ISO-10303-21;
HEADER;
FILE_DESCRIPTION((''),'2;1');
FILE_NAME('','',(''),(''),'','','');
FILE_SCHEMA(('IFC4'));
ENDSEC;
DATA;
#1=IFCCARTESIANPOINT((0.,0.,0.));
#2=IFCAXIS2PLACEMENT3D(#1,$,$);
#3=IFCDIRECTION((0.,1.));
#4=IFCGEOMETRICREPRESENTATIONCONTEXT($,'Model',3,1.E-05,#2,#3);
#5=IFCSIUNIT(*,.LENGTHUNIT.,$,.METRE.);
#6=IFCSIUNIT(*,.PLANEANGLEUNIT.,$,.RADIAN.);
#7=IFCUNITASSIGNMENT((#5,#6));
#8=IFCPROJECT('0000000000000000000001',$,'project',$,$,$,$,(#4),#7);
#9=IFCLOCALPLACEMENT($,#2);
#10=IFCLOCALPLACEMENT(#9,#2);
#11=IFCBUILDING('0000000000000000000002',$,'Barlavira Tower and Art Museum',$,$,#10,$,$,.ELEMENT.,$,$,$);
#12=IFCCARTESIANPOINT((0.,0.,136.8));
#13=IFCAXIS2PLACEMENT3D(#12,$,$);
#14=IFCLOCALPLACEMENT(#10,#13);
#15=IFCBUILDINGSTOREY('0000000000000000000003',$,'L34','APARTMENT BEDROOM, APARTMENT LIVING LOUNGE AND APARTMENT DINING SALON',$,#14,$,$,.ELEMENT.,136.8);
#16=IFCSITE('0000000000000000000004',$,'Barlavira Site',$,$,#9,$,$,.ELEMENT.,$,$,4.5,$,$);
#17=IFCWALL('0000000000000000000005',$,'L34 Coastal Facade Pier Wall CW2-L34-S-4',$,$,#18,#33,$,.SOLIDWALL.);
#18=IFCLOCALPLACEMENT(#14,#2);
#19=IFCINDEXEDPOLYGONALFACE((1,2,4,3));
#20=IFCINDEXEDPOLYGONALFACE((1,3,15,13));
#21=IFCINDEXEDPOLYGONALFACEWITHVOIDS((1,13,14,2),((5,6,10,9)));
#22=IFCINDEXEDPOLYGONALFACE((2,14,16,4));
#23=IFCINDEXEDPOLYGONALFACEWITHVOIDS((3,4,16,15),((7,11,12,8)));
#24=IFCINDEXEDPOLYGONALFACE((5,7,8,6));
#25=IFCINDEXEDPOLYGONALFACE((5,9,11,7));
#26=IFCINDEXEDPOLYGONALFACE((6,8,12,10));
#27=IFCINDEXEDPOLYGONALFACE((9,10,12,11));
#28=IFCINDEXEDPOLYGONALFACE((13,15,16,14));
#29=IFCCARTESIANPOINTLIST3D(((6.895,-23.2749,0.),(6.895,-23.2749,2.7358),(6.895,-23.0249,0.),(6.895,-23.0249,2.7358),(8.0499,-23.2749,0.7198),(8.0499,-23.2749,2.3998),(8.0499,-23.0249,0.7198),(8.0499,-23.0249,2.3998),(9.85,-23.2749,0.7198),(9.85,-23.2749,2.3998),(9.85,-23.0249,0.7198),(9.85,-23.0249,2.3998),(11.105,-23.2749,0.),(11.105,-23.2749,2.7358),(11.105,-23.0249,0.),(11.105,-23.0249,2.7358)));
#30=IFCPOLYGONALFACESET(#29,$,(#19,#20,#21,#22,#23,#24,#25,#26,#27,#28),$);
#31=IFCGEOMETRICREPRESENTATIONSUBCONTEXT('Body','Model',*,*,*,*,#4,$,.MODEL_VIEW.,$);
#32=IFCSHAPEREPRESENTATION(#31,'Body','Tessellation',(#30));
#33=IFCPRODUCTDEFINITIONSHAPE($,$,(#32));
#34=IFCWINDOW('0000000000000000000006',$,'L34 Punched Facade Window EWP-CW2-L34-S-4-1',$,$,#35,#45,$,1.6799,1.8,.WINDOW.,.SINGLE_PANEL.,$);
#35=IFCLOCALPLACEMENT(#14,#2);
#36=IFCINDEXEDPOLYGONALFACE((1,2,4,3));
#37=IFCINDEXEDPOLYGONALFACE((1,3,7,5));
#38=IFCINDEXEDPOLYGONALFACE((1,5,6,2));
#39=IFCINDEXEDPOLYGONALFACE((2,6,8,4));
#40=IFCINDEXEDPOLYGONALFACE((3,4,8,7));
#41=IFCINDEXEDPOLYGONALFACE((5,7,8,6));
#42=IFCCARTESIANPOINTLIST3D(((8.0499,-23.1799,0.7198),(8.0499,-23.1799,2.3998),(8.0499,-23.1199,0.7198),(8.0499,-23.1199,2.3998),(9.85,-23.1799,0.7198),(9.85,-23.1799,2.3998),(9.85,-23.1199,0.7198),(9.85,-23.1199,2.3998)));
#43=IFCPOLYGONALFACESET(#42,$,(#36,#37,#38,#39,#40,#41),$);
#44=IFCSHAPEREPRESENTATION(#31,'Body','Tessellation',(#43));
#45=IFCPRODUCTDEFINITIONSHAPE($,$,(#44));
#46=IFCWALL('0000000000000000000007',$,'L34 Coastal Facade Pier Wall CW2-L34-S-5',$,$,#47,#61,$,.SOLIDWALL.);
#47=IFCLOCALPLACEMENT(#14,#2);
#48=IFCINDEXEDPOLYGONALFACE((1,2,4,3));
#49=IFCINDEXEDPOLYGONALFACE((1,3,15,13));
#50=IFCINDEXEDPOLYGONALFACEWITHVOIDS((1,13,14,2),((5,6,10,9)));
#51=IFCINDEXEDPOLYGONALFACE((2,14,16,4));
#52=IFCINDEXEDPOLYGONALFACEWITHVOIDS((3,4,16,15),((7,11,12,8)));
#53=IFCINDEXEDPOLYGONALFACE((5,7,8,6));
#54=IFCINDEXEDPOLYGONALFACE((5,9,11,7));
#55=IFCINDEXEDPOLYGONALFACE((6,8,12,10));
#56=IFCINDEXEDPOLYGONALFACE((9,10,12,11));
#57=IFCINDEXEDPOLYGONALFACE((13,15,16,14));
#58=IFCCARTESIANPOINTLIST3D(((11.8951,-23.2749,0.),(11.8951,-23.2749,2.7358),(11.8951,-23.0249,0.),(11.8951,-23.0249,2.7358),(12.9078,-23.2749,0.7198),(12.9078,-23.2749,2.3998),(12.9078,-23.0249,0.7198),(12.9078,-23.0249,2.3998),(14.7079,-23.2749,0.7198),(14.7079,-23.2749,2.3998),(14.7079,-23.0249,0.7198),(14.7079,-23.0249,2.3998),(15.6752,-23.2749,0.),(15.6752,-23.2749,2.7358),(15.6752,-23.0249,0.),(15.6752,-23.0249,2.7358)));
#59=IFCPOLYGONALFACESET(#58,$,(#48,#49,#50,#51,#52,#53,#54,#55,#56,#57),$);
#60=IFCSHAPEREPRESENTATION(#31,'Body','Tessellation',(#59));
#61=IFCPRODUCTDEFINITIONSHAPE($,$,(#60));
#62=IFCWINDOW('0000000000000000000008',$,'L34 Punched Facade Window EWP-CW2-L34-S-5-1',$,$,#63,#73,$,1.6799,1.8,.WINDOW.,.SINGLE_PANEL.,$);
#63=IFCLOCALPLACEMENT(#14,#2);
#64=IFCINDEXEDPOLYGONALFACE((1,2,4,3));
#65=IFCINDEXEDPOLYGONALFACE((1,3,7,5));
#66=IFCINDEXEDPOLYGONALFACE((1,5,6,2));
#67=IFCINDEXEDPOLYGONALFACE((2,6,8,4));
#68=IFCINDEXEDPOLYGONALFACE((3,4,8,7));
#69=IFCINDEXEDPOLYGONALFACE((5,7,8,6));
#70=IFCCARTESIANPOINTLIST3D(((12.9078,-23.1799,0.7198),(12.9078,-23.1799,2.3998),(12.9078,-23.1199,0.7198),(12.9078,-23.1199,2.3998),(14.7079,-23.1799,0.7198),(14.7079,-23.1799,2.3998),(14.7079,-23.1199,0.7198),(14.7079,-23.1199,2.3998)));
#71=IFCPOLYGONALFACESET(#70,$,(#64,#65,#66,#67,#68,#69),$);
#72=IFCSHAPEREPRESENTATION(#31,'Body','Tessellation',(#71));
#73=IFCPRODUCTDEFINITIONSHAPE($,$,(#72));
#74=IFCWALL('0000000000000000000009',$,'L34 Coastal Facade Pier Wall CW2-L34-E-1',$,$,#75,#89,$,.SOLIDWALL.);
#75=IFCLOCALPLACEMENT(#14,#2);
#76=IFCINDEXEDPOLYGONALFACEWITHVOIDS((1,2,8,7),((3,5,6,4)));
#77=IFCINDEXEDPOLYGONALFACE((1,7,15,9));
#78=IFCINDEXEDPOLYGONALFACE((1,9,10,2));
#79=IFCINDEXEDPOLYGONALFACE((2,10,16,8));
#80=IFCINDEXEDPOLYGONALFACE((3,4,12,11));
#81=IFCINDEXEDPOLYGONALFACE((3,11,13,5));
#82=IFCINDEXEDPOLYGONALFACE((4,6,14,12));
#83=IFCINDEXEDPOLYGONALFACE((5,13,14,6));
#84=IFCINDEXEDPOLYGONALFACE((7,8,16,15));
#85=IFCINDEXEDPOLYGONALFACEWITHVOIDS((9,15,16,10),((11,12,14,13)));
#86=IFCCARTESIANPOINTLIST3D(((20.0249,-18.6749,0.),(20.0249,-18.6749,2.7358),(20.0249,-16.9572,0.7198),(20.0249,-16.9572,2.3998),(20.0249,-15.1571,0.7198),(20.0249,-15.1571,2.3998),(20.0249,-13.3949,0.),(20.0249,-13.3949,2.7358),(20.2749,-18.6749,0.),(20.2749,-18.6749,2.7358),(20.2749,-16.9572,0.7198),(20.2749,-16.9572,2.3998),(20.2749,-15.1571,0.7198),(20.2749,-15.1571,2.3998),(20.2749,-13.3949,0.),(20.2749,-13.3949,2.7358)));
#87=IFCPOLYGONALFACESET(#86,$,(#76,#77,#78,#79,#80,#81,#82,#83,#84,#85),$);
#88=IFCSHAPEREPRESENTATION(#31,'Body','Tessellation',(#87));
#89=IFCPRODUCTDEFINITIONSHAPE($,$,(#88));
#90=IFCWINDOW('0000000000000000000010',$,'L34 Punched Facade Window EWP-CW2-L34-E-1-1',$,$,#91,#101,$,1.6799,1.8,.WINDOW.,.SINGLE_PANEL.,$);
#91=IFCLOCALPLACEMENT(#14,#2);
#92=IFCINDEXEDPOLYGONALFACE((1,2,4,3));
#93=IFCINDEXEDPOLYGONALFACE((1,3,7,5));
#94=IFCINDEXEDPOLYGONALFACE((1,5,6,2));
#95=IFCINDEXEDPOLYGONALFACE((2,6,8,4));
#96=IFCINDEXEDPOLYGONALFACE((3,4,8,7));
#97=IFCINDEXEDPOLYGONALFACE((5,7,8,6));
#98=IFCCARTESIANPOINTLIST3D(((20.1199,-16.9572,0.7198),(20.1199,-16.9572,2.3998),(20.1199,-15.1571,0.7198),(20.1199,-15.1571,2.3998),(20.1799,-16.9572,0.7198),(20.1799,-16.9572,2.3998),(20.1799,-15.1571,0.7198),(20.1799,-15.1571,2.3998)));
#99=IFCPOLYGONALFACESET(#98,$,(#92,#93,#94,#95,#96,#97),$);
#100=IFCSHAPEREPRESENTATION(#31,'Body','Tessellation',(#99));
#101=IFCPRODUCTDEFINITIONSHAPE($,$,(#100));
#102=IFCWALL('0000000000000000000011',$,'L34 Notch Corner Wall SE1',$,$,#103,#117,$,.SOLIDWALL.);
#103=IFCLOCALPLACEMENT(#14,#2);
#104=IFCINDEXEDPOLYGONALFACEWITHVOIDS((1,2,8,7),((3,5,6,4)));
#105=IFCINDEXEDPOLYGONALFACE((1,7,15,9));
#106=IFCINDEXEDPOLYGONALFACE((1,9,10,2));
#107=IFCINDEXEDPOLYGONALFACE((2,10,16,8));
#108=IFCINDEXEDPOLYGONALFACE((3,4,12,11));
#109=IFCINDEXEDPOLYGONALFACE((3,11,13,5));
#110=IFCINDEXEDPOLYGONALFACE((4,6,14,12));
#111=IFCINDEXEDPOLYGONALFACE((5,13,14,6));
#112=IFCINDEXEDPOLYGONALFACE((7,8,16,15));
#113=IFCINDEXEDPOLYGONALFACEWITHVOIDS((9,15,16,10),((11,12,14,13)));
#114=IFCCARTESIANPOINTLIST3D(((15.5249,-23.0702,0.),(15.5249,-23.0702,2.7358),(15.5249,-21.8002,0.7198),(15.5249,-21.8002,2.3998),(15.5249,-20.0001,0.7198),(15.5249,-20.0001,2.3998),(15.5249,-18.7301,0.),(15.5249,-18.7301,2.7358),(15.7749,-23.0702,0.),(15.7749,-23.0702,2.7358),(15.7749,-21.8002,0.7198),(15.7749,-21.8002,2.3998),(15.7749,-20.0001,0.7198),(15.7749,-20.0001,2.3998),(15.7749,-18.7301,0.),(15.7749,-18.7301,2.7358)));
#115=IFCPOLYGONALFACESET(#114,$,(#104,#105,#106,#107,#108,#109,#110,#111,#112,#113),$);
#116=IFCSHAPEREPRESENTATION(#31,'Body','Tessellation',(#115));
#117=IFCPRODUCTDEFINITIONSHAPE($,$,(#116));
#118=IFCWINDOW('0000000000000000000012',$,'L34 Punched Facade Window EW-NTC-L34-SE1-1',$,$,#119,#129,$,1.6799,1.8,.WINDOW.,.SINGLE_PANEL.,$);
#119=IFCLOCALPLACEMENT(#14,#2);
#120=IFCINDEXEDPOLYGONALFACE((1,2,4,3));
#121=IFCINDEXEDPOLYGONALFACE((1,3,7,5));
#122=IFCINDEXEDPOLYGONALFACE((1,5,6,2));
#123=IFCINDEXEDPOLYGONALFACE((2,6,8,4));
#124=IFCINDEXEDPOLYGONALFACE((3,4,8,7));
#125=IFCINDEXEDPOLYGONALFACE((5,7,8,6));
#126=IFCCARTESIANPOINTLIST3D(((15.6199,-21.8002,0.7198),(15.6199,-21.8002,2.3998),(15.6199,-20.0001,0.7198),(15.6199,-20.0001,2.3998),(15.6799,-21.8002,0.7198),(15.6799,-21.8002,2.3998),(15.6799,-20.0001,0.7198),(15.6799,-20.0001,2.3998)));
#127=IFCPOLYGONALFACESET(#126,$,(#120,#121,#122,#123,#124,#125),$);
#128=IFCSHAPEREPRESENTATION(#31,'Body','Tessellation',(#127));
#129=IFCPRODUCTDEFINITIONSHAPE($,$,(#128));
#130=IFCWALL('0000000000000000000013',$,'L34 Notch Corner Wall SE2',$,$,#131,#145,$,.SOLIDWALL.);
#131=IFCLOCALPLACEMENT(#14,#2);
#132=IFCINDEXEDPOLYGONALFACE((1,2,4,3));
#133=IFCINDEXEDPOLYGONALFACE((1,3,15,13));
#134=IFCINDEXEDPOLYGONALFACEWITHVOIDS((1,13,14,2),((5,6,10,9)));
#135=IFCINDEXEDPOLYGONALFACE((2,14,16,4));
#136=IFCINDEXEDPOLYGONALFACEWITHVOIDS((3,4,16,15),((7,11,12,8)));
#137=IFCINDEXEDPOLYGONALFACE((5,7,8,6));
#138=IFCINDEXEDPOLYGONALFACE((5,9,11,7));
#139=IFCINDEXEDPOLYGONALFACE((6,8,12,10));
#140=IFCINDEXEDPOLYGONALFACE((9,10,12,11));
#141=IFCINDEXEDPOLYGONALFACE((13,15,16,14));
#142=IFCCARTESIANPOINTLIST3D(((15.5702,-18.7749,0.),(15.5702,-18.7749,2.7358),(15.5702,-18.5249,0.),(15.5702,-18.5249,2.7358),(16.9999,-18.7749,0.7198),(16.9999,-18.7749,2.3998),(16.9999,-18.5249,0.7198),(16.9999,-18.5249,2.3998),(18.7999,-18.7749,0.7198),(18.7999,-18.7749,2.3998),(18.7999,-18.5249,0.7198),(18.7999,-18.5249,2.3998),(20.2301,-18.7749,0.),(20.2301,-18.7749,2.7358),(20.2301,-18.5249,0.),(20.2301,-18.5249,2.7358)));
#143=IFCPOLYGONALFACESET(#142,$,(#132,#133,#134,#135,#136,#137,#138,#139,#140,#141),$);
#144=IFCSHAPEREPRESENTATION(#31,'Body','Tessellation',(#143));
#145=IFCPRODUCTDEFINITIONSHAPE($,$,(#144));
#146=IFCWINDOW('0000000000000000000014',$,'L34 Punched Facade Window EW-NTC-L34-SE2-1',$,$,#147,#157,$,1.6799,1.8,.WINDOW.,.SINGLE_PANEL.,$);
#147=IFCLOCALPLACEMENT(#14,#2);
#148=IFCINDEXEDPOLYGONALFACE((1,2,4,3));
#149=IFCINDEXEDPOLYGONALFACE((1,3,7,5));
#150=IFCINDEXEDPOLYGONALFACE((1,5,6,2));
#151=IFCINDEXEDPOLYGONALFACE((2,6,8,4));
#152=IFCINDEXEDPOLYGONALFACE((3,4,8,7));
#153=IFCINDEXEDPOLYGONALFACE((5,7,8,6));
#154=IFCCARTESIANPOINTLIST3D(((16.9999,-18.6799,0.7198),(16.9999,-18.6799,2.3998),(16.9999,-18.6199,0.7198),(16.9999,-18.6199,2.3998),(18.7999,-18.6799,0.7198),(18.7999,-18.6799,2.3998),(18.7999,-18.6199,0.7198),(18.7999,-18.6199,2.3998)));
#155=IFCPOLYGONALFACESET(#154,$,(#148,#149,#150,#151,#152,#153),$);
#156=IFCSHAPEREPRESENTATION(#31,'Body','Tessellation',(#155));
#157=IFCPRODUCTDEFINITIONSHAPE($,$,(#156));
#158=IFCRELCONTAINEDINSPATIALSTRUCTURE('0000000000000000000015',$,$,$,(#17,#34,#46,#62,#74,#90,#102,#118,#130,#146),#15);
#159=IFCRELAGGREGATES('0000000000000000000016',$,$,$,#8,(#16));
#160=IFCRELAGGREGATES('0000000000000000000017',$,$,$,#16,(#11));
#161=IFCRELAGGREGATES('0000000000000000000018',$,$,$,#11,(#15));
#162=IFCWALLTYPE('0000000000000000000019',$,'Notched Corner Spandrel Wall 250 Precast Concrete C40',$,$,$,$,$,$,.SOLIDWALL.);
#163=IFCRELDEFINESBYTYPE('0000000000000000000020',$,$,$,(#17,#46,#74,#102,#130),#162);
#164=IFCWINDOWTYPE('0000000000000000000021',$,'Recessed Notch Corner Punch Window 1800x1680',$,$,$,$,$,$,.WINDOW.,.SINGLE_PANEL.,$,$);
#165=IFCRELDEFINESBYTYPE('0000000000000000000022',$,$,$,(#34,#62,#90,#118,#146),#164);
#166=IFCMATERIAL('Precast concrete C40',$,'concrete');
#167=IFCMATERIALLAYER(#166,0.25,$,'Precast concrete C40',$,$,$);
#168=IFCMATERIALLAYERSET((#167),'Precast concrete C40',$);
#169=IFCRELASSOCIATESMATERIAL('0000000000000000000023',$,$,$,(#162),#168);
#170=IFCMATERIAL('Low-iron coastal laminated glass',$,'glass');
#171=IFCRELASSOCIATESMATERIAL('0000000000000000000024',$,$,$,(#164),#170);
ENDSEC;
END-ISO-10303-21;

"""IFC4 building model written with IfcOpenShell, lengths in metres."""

from ifc_helpers import new_model, si_unit, direction, frame, frame_2d, origin, place, context, subcontext, project, spatial, rectangle, extrude, material, layer, layer_set, type_object, element, fill, save


model = new_model("IFC4")

# Units and contexts
model_context = context("Model", 3, precision=1e-05, world=origin(), true_north=direction((0.0, 1.0)))
body_context = subcontext(model_context, "Body", "Model", "MODEL_VIEW")
ifc_project = project(units=[si_unit("LENGTHUNIT", "METRE"), si_unit("PLANEANGLEUNIT", "RADIAN")], contexts=[model_context])

# Site, building, storey
site_placement = place(None, origin())
site = spatial("IfcSite", under=ifc_project, at=site_placement, Name="Barlavira Site", CompositionType="ELEMENT", RefElevation=4.5)
building_placement = place(site_placement, origin())
building = spatial("IfcBuilding", under=site, at=building_placement, Name="Barlavira Tower and Art Museum", CompositionType="ELEMENT")
storey_placement = place(building_placement, frame((0.0, 0.0, 136.8)))
storey = spatial("IfcBuildingStorey", under=building, at=storey_placement, Name="L34", Description="APARTMENT BEDROOM, APARTMENT LIVING LOUNGE AND APARTMENT DINING SALON", CompositionType="ELEMENT", Elevation=136.8)

# Walls, openings, windows
ifc_material_1 = material(Name="Precast concrete C40", Category="concrete")
ifc_layer_1 = layer(ifc_material_1, 0.25, Name="Precast concrete C40")
ifc_layer_set_1 = layer_set([ifc_layer_1], Name="Precast concrete C40")
wall_type_1 = type_object("IfcWallType", Name="Notched Corner Spandrel Wall 250 Precast Concrete C40", PredefinedType="SOLIDWALL", material=ifc_layer_set_1)
wall_1_placement = place(storey_placement, frame((6.895, -23.1499, 0.0), z_axis=(0.0, 0.0, 1.0), x_axis=(1.0, 0.0, 0.0)))
wall_1 = element("IfcWall", 1, at=wall_1_placement, inside=storey, type_object=wall_type_1, Name="L34 Coastal Facade Pier Wall CW2-L34-S-4", PredefinedType="SOLIDWALL", context=body_context, shape_type="SweptSolid", body=[
    extrude(rectangle(XDim=4.21, YDim=0.25, at=frame_2d((2.105, 0.0))), origin(), (0.0, 0.0, 1.0), 2.7358),
])
opening_1_placement = place(wall_1_placement, frame((1.155, 0.0, 0.72)))
opening_1 = element("IfcOpeningElement", 2, at=opening_1_placement, cuts=wall_1, PredefinedType="OPENING", context=body_context, shape_type="SweptSolid", body=[
    extrude(rectangle(XDim=1.8, YDim=1.6799, at=frame_2d((0.8999, 0.8398))), frame((0.0, 0.135, 0.0), z_axis=(0.0, -1.0, 0.0), x_axis=(1.0, 0.0, 0.0)), (0.0, 0.0, 1.0), 0.27),
])
ifc_material_2 = material(Name="Low-iron coastal laminated glass", Category="glass")
window_type = type_object("IfcWindowType", Name="Recessed Notch Corner Punch Window 1800x1680", PartitioningType="SINGLE_PANEL", PredefinedType="WINDOW", material=ifc_material_2)
window_1_placement = place(opening_1_placement, origin())
window_1 = element("IfcWindow", 3, at=window_1_placement, inside=storey, type_object=window_type, Name="L34 Punched Facade Window EWP-CW2-L34-S-4-1", OverallHeight=1.6799, OverallWidth=1.8, PartitioningType="SINGLE_PANEL", PredefinedType="WINDOW", context=body_context, shape_type="SweptSolid", body=[
    extrude(rectangle(XDim=1.8, YDim=1.6799, at=frame_2d((0.8999, 0.8398))), frame((0.0, 0.03, 0.0), z_axis=(0.0, -1.0, 0.0), x_axis=(1.0, 0.0, 0.0)), (0.0, 0.0, 1.0), 0.0601),
])
fill(opening_1, window_1)
wall_2_placement = place(storey_placement, frame((11.895, -23.1499, 0.0), z_axis=(0.0, 0.0, 1.0), x_axis=(1.0, 0.0, 0.0)))
wall_2 = element("IfcWall", 4, at=wall_2_placement, inside=storey, type_object=wall_type_1, Name="L34 Coastal Facade Pier Wall CW2-L34-S-5", PredefinedType="SOLIDWALL", context=body_context, shape_type="SweptSolid", body=[
    extrude(rectangle(XDim=3.78, YDim=0.25, at=frame_2d((1.8901, 0.0))), origin(), (0.0, 0.0, 1.0), 2.7358),
])
opening_2_placement = place(wall_2_placement, frame((1.0129, 0.0, 0.72)))
opening_2 = element("IfcOpeningElement", 5, at=opening_2_placement, cuts=wall_2, PredefinedType="OPENING", context=body_context, shape_type="SweptSolid", body=[
    extrude(rectangle(XDim=1.8, YDim=1.6799, at=frame_2d((0.8999, 0.8398))), frame((0.0, 0.135, 0.0), z_axis=(0.0, -1.0, 0.0), x_axis=(1.0, 0.0, 0.0)), (0.0, 0.0, 1.0), 0.27),
])
window_2_placement = place(opening_2_placement, origin())
window_2 = element("IfcWindow", 6, at=window_2_placement, inside=storey, type_object=window_type, Name="L34 Punched Facade Window EWP-CW2-L34-S-5-1", OverallHeight=1.6799, OverallWidth=1.8, PartitioningType="SINGLE_PANEL", PredefinedType="WINDOW", context=body_context, shape_type="SweptSolid", body=[
    extrude(rectangle(XDim=1.8, YDim=1.6799, at=frame_2d((0.8999, 0.8398))), frame((0.0, 0.03, 0.0), z_axis=(0.0, -1.0, 0.0), x_axis=(1.0, 0.0, 0.0)), (0.0, 0.0, 1.0), 0.0601),
])
fill(opening_2, window_2)
wall_3_placement = place(storey_placement, frame((20.1499, -18.675, 0.0), z_axis=(0.0, 0.0, 1.0), x_axis=(0.0, 1.0, 0.0)))
wall_3 = element("IfcWall", 7, at=wall_3_placement, inside=storey, type_object=wall_type_1, Name="L34 Coastal Facade Pier Wall CW2-L34-E-1", PredefinedType="SOLIDWALL", context=body_context, shape_type="SweptSolid", body=[
    extrude(rectangle(XDim=5.28, YDim=0.25, at=frame_2d((2.6401, 0.0))), origin(), (0.0, 0.0, 1.0), 2.7358),
])
opening_3_placement = place(wall_3_placement, frame((1.718, 0.0, 0.72)))
opening_3 = element("IfcOpeningElement", 8, at=opening_3_placement, cuts=wall_3, PredefinedType="OPENING", context=body_context, shape_type="SweptSolid", body=[
    extrude(rectangle(XDim=1.8, YDim=1.6799, at=frame_2d((0.8999, 0.8398))), frame((0.0, 0.135, 0.0), z_axis=(0.0, -1.0, 0.0), x_axis=(1.0, 0.0, 0.0)), (0.0, 0.0, 1.0), 0.27),
])
window_3_placement = place(opening_3_placement, origin())
window_3 = element("IfcWindow", 9, at=window_3_placement, inside=storey, type_object=window_type, Name="L34 Punched Facade Window EWP-CW2-L34-E-1-1", OverallHeight=1.6799, OverallWidth=1.8, PartitioningType="SINGLE_PANEL", PredefinedType="WINDOW", context=body_context, shape_type="SweptSolid", body=[
    extrude(rectangle(XDim=1.8, YDim=1.6799, at=frame_2d((0.8999, 0.8398))), frame((0.0, 0.03, 0.0), z_axis=(0.0, -1.0, 0.0), x_axis=(1.0, 0.0, 0.0)), (0.0, 0.0, 1.0), 0.0601),
])
fill(opening_3, window_3)
wall_4_placement = place(storey_placement, frame((15.6499, -23.0701, 0.0), z_axis=(0.0, 0.0, 1.0), x_axis=(0.0, 1.0, 0.0)))
wall_4 = element("IfcWall", 10, at=wall_4_placement, inside=storey, type_object=wall_type_1, Name="L34 Notch Corner Wall SE1", PredefinedType="SOLIDWALL", context=body_context, shape_type="SweptSolid", body=[
    extrude(rectangle(XDim=4.3401, YDim=0.25, at=frame_2d((2.1699, 0.0))), origin(), (0.0, 0.0, 1.0), 2.7358),
])
opening_4_placement = place(wall_4_placement, frame((1.27, 0.0, 0.72)))
opening_4 = element("IfcOpeningElement", 11, at=opening_4_placement, cuts=wall_4, PredefinedType="OPENING", context=body_context, shape_type="SweptSolid", body=[
    extrude(rectangle(XDim=1.8, YDim=1.6799, at=frame_2d((0.8999, 0.8398))), frame((0.0, 0.135, 0.0), z_axis=(0.0, -1.0, 0.0), x_axis=(1.0, 0.0, 0.0)), (0.0, 0.0, 1.0), 0.27),
])
window_4_placement = place(opening_4_placement, origin())
window_4 = element("IfcWindow", 12, at=window_4_placement, inside=storey, type_object=window_type, Name="L34 Punched Facade Window EW-NTC-L34-SE1-1", OverallHeight=1.6799, OverallWidth=1.8, PartitioningType="SINGLE_PANEL", PredefinedType="WINDOW", context=body_context, shape_type="SweptSolid", body=[
    extrude(rectangle(XDim=1.8, YDim=1.6799, at=frame_2d((0.8999, 0.8398))), frame((0.0, 0.03, 0.0), z_axis=(0.0, -1.0, 0.0), x_axis=(1.0, 0.0, 0.0)), (0.0, 0.0, 1.0), 0.0601),
])
fill(opening_4, window_4)
wall_5_placement = place(storey_placement, frame((15.5701, -18.6499, 0.0), z_axis=(0.0, 0.0, 1.0), x_axis=(1.0, 0.0, 0.0)))
wall_5 = element("IfcWall", 13, at=wall_5_placement, inside=storey, type_object=wall_type_1, Name="L34 Notch Corner Wall SE2", PredefinedType="SOLIDWALL", context=body_context, shape_type="SweptSolid", body=[
    extrude(rectangle(XDim=4.6599, YDim=0.25, at=frame_2d((2.3301, 0.0))), origin(), (0.0, 0.0, 1.0), 2.7358),
])
opening_5_placement = place(wall_5_placement, frame((1.4299, 0.0, 0.72)))
opening_5 = element("IfcOpeningElement", 14, at=opening_5_placement, cuts=wall_5, PredefinedType="OPENING", context=body_context, shape_type="SweptSolid", body=[
    extrude(rectangle(XDim=1.8, YDim=1.6799, at=frame_2d((0.8999, 0.8398))), frame((0.0, 0.135, 0.0), z_axis=(0.0, -1.0, 0.0), x_axis=(1.0, 0.0, 0.0)), (0.0, 0.0, 1.0), 0.27),
])
window_5_placement = place(opening_5_placement, origin())
window_5 = element("IfcWindow", 15, at=window_5_placement, inside=storey, type_object=window_type, Name="L34 Punched Facade Window EW-NTC-L34-SE2-1", OverallHeight=1.6799, OverallWidth=1.8, PartitioningType="SINGLE_PANEL", PredefinedType="WINDOW", context=body_context, shape_type="SweptSolid", body=[
    extrude(rectangle(XDim=1.8, YDim=1.6799, at=frame_2d((0.8999, 0.8398))), frame((0.0, 0.03, 0.0), z_axis=(0.0, -1.0, 0.0), x_axis=(1.0, 0.0, 0.0)), (0.0, 0.0, 1.0), 0.0601),
])
fill(opening_5, window_5)

save(model, "model.ifc")
